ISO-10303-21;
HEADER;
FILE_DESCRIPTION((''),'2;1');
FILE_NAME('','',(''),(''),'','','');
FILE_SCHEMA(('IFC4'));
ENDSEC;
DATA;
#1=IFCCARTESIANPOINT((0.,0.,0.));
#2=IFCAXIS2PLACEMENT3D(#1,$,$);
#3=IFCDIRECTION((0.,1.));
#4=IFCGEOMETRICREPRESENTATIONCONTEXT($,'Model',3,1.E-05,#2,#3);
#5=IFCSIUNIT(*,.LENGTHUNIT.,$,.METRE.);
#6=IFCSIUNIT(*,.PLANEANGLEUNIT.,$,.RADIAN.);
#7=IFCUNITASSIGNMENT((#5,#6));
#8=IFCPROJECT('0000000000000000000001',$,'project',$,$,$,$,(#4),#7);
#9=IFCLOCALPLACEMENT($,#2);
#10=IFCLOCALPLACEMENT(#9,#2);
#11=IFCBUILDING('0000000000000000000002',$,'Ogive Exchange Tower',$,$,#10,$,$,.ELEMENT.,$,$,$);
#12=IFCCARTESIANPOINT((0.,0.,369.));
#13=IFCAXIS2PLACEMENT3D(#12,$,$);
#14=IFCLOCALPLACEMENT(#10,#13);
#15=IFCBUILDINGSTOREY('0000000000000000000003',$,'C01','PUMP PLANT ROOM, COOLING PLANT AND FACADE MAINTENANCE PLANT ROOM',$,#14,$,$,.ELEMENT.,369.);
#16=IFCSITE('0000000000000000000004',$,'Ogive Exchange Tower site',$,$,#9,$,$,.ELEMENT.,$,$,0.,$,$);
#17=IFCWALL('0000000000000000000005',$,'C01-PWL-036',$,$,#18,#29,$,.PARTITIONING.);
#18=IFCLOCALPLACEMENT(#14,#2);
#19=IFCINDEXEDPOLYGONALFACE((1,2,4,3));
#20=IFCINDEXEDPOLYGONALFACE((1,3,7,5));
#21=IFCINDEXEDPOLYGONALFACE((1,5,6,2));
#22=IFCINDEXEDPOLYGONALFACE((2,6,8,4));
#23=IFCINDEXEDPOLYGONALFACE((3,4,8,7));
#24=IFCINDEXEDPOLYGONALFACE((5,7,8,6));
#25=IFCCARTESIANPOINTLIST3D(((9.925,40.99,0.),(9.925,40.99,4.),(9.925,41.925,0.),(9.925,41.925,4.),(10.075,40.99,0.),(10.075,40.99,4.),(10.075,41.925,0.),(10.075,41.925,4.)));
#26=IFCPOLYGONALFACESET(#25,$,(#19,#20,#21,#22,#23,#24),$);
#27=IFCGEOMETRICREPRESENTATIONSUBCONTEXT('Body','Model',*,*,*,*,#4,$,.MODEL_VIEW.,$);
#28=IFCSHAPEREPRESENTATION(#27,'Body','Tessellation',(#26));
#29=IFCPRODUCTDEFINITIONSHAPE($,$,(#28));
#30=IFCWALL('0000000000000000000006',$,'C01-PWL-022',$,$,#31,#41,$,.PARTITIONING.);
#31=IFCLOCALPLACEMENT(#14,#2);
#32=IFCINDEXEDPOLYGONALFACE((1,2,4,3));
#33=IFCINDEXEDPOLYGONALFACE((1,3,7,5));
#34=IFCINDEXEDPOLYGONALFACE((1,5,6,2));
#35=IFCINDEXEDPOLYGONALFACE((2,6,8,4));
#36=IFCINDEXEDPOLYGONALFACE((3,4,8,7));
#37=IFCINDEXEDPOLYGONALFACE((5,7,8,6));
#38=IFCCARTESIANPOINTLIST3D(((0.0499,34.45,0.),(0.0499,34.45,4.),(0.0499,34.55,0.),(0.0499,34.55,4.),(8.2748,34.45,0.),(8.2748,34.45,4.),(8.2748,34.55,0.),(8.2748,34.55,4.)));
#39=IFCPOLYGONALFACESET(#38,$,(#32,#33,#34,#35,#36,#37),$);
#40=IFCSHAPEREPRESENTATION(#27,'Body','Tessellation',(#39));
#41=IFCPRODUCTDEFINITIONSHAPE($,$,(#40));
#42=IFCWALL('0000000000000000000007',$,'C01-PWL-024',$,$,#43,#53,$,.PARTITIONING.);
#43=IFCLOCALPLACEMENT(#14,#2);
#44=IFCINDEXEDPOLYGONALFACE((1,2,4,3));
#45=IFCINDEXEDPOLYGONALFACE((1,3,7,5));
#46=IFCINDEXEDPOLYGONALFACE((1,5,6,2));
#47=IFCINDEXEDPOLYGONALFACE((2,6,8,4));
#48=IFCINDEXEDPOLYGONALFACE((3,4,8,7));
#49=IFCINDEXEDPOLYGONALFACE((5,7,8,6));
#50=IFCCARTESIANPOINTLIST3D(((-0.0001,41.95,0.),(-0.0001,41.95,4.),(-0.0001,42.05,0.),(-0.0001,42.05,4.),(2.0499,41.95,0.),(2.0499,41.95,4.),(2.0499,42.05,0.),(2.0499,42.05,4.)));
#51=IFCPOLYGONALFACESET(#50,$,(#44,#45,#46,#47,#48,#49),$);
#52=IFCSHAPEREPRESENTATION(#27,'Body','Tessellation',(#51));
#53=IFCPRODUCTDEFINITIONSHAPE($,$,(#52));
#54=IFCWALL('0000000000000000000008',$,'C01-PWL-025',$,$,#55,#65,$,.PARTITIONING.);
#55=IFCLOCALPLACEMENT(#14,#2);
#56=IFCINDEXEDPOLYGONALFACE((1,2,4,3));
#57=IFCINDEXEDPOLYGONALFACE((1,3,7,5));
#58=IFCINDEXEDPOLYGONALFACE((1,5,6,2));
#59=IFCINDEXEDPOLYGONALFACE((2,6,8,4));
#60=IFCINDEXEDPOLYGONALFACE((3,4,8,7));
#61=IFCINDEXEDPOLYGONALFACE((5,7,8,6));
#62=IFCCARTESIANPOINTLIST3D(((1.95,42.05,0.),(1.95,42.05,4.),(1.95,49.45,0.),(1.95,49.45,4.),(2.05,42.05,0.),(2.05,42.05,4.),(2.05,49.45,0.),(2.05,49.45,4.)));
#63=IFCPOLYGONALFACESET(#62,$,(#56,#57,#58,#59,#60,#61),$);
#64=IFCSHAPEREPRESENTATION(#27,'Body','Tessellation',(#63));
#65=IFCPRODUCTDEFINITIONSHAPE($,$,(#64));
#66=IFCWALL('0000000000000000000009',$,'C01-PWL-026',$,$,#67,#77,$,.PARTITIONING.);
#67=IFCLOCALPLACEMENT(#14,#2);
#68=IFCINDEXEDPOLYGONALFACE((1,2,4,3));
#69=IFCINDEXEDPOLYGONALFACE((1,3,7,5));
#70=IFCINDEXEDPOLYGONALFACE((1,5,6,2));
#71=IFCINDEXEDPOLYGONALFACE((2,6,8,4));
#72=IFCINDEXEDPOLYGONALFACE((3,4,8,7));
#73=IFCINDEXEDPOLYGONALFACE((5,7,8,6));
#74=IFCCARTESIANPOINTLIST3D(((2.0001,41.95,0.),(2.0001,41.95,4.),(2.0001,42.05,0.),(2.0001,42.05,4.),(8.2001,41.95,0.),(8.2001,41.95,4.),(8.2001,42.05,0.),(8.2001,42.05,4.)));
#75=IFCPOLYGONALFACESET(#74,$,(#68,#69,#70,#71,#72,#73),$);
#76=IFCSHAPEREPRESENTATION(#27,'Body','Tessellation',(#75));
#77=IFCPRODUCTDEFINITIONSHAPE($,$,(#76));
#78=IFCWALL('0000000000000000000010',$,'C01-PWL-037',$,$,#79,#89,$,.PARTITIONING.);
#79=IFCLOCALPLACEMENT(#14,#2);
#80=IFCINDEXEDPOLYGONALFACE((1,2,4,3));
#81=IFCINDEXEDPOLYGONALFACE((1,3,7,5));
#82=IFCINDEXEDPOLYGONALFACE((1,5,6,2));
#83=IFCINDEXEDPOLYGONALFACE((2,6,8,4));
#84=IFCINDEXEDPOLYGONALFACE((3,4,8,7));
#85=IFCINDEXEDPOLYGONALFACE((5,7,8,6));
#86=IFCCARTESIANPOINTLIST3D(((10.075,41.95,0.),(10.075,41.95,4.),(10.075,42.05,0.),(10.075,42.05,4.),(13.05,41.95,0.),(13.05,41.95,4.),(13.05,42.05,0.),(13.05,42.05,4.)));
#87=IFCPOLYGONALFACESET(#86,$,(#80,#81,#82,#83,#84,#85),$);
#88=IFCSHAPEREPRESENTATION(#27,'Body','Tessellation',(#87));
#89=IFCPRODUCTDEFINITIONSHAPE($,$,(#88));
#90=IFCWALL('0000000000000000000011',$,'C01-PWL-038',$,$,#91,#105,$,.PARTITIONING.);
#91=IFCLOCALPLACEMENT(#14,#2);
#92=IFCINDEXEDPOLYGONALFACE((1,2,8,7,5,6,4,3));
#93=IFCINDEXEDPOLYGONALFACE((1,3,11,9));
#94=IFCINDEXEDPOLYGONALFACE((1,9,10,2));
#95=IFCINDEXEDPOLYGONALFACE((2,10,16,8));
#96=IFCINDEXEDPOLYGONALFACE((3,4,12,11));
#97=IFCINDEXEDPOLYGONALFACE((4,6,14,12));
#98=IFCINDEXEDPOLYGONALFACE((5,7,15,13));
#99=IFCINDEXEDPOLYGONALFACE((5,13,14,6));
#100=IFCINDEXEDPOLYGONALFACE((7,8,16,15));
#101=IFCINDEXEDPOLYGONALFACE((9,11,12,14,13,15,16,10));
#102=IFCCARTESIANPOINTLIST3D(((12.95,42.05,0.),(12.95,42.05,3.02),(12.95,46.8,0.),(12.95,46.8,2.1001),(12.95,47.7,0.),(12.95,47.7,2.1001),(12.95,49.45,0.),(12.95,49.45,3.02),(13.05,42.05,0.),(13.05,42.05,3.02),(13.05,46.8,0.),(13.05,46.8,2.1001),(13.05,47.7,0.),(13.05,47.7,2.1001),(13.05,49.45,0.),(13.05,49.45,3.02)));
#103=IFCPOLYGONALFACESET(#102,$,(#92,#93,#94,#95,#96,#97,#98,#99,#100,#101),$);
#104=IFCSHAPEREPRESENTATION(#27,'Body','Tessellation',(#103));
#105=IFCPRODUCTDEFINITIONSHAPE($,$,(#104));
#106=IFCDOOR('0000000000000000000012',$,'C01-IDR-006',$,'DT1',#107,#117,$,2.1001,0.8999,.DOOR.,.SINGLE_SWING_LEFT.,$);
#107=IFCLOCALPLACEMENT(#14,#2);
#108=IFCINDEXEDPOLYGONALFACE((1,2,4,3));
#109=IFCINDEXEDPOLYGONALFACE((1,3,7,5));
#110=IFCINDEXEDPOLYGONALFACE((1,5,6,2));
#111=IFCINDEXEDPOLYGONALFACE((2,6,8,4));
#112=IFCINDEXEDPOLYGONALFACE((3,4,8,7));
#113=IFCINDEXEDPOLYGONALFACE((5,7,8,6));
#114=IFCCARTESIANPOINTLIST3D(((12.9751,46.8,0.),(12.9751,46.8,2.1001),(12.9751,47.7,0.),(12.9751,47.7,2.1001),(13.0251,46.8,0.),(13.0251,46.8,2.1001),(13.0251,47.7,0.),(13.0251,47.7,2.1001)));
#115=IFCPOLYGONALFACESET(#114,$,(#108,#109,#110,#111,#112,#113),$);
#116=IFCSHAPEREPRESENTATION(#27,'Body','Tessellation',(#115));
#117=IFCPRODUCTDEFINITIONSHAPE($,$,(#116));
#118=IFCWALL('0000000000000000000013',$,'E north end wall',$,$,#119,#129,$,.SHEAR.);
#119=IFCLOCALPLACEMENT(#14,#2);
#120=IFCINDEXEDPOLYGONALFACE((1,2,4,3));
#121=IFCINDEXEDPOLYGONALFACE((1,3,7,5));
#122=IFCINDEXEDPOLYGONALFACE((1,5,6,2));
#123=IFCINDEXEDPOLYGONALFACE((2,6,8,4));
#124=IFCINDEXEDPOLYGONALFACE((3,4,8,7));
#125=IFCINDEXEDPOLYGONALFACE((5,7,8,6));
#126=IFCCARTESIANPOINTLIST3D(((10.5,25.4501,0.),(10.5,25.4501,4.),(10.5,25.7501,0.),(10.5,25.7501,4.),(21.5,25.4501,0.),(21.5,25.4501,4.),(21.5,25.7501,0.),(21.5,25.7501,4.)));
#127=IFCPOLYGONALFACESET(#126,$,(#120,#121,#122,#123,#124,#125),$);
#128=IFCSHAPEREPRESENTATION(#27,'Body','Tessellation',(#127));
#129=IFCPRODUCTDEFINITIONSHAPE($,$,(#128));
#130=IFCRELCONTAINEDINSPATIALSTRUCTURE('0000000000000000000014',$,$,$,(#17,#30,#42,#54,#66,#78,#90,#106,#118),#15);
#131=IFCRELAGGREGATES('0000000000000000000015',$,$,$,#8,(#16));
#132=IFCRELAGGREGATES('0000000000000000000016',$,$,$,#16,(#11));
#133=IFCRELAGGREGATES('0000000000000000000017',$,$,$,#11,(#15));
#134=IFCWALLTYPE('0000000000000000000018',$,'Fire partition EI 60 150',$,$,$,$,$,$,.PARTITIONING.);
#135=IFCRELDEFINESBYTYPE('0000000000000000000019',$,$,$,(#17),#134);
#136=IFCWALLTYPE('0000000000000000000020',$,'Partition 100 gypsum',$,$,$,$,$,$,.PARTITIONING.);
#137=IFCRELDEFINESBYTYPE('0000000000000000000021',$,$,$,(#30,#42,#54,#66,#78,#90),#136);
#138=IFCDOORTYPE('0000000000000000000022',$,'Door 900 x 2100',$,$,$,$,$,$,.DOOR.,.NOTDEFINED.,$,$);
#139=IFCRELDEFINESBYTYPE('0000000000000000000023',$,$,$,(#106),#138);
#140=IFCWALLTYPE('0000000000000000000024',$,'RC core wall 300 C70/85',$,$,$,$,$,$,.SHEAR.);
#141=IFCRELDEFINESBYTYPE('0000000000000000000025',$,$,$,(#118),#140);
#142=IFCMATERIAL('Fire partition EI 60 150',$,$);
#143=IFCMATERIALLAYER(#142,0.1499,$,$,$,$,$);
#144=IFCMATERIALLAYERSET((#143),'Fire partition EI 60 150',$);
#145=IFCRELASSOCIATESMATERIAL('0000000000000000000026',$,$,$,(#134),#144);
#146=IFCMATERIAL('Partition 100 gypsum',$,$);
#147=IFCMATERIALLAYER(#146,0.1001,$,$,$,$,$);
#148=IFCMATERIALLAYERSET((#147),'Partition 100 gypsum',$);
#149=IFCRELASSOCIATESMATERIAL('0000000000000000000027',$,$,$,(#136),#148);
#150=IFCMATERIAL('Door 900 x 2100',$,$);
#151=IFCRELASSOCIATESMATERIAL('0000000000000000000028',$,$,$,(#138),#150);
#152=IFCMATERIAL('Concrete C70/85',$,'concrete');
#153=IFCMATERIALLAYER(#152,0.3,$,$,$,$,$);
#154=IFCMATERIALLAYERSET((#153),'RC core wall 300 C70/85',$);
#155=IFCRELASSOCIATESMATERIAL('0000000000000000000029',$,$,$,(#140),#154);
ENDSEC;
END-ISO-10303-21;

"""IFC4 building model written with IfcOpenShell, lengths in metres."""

from ifc_helpers import new_model, si_unit, direction, frame, frame_2d, origin, place, context, subcontext, project, spatial, rectangle, extrude, material, layer, layer_set, type_object, element, fill, save


model = new_model("IFC4")

# Units and contexts
model_context = context("Model", 3, precision=1e-05, world=origin(), true_north=direction((0.0, 1.0)))
body_context = subcontext(model_context, "Body", "Model", "MODEL_VIEW")
ifc_project = project(units=[si_unit("LENGTHUNIT", "METRE"), si_unit("PLANEANGLEUNIT", "RADIAN")], contexts=[model_context])

# Site, building, storey
site_placement = place(None, origin())
site = spatial("IfcSite", under=ifc_project, at=site_placement, Name="Ogive Exchange Tower site", CompositionType="ELEMENT", RefElevation=0.0)
building_placement = place(site_placement, origin())
building = spatial("IfcBuilding", under=site, at=building_placement, Name="Ogive Exchange Tower", CompositionType="ELEMENT")
storey_placement = place(building_placement, frame((0.0, 0.0, 369.0)))
storey = spatial("IfcBuildingStorey", under=building, at=storey_placement, Name="C01", Description="PUMP PLANT ROOM, COOLING PLANT AND FACADE MAINTENANCE PLANT ROOM", CompositionType="ELEMENT", Elevation=369.0)

# Shared definitions
ifc_material_1 = material(Name="Fire partition EI 60 150")
ifc_layer_1 = layer(ifc_material_1, 0.1499)
ifc_layer_set_1 = layer_set([ifc_layer_1], Name="Fire partition EI 60 150")
wall_type_1 = type_object("IfcWallType", Name="Fire partition EI 60 150", PredefinedType="PARTITIONING", material=ifc_layer_set_1)

# Walls
wall_1_placement = place(storey_placement, frame((10.0, 41.925, 0.0), z_axis=(0.0, 0.0, 1.0), x_axis=(0.0, -1.0, 0.0)))
element("IfcWall", 1, at=wall_1_placement, inside=storey, type_object=wall_type_1, Name="C01-PWL-036", PredefinedType="PARTITIONING", context=body_context, shape_type="SweptSolid", body=[
    extrude(rectangle(XDim=0.9351, YDim=0.1499, at=frame_2d((0.4675, 0.0))), origin(), (0.0, 0.0, 1.0), 4.0),
])
ifc_material_2 = material(Name="Partition 100 gypsum")
ifc_layer_2 = layer(ifc_material_2, 0.1001)
ifc_layer_set_2 = layer_set([ifc_layer_2], Name="Partition 100 gypsum")
wall_type_2 = type_object("IfcWallType", Name="Partition 100 gypsum", PredefinedType="PARTITIONING", material=ifc_layer_set_2)
wall_2_placement = place(storey_placement, frame((0.05, 34.5, 0.0), z_axis=(0.0, 0.0, 1.0), x_axis=(1.0, 0.0, 0.0)))
element("IfcWall", 2, at=wall_2_placement, inside=storey, type_object=wall_type_2, Name="C01-PWL-022", PredefinedType="PARTITIONING", context=body_context, shape_type="SweptSolid", body=[
    extrude(rectangle(XDim=8.2249, YDim=0.1001, at=frame_2d((4.1123, 0.0))), origin(), (0.0, 0.0, 1.0), 4.0),
])
wall_3_placement = place(storey_placement, frame((0.0, 42.0, 0.0), z_axis=(0.0, 0.0, 1.0), x_axis=(1.0, 0.0, 0.0)))
element("IfcWall", 3, at=wall_3_placement, inside=storey, type_object=wall_type_2, Name="C01-PWL-024", PredefinedType="PARTITIONING", context=body_context, shape_type="SweptSolid", body=[
    extrude(rectangle(XDim=2.05, YDim=0.1001, at=frame_2d((1.0249, 0.0))), origin(), (0.0, 0.0, 1.0), 4.0),
])
wall_4_placement = place(storey_placement, frame((2.0, 42.05, 0.0), z_axis=(0.0, 0.0, 1.0), x_axis=(0.0, 1.0, 0.0)))
element("IfcWall", 4, at=wall_4_placement, inside=storey, type_object=wall_type_2, Name="C01-PWL-025", PredefinedType="PARTITIONING", context=body_context, shape_type="SweptSolid", body=[
    extrude(rectangle(XDim=7.3999, YDim=0.1001, at=frame_2d((3.7, 0.0))), origin(), (0.0, 0.0, 1.0), 4.0),
])
wall_5_placement = place(storey_placement, frame((2.0, 42.0, 0.0), z_axis=(0.0, 0.0, 1.0), x_axis=(1.0, 0.0, 0.0)))
element("IfcWall", 5, at=wall_5_placement, inside=storey, type_object=wall_type_2, Name="C01-PWL-026", PredefinedType="PARTITIONING", context=body_context, shape_type="SweptSolid", body=[
    extrude(rectangle(XDim=6.2, YDim=0.1001, at=frame_2d((3.1001, 0.0))), origin(), (0.0, 0.0, 1.0), 4.0),
])
wall_6_placement = place(storey_placement, frame((10.075, 42.0, 0.0), z_axis=(0.0, 0.0, 1.0), x_axis=(1.0, 0.0, 0.0)))
element("IfcWall", 6, at=wall_6_placement, inside=storey, type_object=wall_type_2, Name="C01-PWL-037", PredefinedType="PARTITIONING", context=body_context, shape_type="SweptSolid", body=[
    extrude(rectangle(XDim=2.9751, YDim=0.1001, at=frame_2d((1.4875, 0.0))), origin(), (0.0, 0.0, 1.0), 4.0),
])

# Wall, opening, door
wall_7_placement = place(storey_placement, frame((13.0, 42.05, 0.0), z_axis=(0.0, 0.0, 1.0), x_axis=(0.0, 1.0, 0.0)))
wall_7 = element("IfcWall", 7, at=wall_7_placement, inside=storey, type_object=wall_type_2, Name="C01-PWL-038", PredefinedType="PARTITIONING", context=body_context, shape_type="SweptSolid", body=[
    extrude(rectangle(XDim=7.3999, YDim=0.1001, at=frame_2d((3.7, 0.0))), origin(), (0.0, 0.0, 1.0), 3.02),
])
opening_1_placement = place(wall_7_placement, frame((4.75, 0.0, 0.0)))
opening_1 = element("IfcOpeningElement", 8, at=opening_1_placement, cuts=wall_7, PredefinedType="OPENING", context=body_context, shape_type="SweptSolid", body=[
    extrude(rectangle(XDim=0.8999, YDim=2.1001, at=frame_2d((0.45, 1.05))), frame((0.0, 0.0601, 0.0), z_axis=(0.0, -1.0, 0.0), x_axis=(1.0, 0.0, 0.0)), (0.0, 0.0, 1.0), 0.1201),
])
ifc_material_3 = material(Name="Door 900 x 2100")
door_type_1 = type_object("IfcDoorType", Name="Door 900 x 2100", OperationType="NOTDEFINED", PredefinedType="DOOR", material=ifc_material_3)
door_1_placement = place(opening_1_placement, origin())
door_1 = element("IfcDoor", 9, at=door_1_placement, inside=storey, type_object=door_type_1, Name="C01-IDR-006", ObjectType="DT1", OperationType="SINGLE_SWING_LEFT", OverallHeight=2.1001, OverallWidth=0.8999, PredefinedType="DOOR", context=body_context, shape_type="SweptSolid", body=[
    extrude(rectangle(XDim=0.8999, YDim=2.1001, at=frame_2d((0.45, 1.05))), frame((0.0, 0.0249, 0.0), z_axis=(0.0, -1.0, 0.0), x_axis=(1.0, 0.0, 0.0)), (0.0, 0.0, 1.0), 0.05),
])
fill(opening_1, door_1)

# Wall
ifc_material_4 = material(Name="Concrete C70/85", Category="concrete")
ifc_layer_3 = layer(ifc_material_4, 0.3)
ifc_layer_set_3 = layer_set([ifc_layer_3], Name="RC core wall 300 C70/85")
wall_type_3 = type_object("IfcWallType", Name="RC core wall 300 C70/85", PredefinedType="SHEAR", material=ifc_layer_set_3)
wall_8_placement = place(storey_placement, frame((10.5, 25.6001, 0.0), z_axis=(0.0, 0.0, 1.0), x_axis=(1.0, 0.0, 0.0)))
element("IfcWall", 10, at=wall_8_placement, inside=storey, type_object=wall_type_3, Name="E north end wall", PredefinedType="SHEAR", context=body_context, shape_type="SweptSolid", body=[
    extrude(rectangle(XDim=11.0, YDim=0.3, at=frame_2d((5.5, 0.0))), origin(), (0.0, 0.0, 1.0), 4.0),
])

save(model, "model.ifc")
